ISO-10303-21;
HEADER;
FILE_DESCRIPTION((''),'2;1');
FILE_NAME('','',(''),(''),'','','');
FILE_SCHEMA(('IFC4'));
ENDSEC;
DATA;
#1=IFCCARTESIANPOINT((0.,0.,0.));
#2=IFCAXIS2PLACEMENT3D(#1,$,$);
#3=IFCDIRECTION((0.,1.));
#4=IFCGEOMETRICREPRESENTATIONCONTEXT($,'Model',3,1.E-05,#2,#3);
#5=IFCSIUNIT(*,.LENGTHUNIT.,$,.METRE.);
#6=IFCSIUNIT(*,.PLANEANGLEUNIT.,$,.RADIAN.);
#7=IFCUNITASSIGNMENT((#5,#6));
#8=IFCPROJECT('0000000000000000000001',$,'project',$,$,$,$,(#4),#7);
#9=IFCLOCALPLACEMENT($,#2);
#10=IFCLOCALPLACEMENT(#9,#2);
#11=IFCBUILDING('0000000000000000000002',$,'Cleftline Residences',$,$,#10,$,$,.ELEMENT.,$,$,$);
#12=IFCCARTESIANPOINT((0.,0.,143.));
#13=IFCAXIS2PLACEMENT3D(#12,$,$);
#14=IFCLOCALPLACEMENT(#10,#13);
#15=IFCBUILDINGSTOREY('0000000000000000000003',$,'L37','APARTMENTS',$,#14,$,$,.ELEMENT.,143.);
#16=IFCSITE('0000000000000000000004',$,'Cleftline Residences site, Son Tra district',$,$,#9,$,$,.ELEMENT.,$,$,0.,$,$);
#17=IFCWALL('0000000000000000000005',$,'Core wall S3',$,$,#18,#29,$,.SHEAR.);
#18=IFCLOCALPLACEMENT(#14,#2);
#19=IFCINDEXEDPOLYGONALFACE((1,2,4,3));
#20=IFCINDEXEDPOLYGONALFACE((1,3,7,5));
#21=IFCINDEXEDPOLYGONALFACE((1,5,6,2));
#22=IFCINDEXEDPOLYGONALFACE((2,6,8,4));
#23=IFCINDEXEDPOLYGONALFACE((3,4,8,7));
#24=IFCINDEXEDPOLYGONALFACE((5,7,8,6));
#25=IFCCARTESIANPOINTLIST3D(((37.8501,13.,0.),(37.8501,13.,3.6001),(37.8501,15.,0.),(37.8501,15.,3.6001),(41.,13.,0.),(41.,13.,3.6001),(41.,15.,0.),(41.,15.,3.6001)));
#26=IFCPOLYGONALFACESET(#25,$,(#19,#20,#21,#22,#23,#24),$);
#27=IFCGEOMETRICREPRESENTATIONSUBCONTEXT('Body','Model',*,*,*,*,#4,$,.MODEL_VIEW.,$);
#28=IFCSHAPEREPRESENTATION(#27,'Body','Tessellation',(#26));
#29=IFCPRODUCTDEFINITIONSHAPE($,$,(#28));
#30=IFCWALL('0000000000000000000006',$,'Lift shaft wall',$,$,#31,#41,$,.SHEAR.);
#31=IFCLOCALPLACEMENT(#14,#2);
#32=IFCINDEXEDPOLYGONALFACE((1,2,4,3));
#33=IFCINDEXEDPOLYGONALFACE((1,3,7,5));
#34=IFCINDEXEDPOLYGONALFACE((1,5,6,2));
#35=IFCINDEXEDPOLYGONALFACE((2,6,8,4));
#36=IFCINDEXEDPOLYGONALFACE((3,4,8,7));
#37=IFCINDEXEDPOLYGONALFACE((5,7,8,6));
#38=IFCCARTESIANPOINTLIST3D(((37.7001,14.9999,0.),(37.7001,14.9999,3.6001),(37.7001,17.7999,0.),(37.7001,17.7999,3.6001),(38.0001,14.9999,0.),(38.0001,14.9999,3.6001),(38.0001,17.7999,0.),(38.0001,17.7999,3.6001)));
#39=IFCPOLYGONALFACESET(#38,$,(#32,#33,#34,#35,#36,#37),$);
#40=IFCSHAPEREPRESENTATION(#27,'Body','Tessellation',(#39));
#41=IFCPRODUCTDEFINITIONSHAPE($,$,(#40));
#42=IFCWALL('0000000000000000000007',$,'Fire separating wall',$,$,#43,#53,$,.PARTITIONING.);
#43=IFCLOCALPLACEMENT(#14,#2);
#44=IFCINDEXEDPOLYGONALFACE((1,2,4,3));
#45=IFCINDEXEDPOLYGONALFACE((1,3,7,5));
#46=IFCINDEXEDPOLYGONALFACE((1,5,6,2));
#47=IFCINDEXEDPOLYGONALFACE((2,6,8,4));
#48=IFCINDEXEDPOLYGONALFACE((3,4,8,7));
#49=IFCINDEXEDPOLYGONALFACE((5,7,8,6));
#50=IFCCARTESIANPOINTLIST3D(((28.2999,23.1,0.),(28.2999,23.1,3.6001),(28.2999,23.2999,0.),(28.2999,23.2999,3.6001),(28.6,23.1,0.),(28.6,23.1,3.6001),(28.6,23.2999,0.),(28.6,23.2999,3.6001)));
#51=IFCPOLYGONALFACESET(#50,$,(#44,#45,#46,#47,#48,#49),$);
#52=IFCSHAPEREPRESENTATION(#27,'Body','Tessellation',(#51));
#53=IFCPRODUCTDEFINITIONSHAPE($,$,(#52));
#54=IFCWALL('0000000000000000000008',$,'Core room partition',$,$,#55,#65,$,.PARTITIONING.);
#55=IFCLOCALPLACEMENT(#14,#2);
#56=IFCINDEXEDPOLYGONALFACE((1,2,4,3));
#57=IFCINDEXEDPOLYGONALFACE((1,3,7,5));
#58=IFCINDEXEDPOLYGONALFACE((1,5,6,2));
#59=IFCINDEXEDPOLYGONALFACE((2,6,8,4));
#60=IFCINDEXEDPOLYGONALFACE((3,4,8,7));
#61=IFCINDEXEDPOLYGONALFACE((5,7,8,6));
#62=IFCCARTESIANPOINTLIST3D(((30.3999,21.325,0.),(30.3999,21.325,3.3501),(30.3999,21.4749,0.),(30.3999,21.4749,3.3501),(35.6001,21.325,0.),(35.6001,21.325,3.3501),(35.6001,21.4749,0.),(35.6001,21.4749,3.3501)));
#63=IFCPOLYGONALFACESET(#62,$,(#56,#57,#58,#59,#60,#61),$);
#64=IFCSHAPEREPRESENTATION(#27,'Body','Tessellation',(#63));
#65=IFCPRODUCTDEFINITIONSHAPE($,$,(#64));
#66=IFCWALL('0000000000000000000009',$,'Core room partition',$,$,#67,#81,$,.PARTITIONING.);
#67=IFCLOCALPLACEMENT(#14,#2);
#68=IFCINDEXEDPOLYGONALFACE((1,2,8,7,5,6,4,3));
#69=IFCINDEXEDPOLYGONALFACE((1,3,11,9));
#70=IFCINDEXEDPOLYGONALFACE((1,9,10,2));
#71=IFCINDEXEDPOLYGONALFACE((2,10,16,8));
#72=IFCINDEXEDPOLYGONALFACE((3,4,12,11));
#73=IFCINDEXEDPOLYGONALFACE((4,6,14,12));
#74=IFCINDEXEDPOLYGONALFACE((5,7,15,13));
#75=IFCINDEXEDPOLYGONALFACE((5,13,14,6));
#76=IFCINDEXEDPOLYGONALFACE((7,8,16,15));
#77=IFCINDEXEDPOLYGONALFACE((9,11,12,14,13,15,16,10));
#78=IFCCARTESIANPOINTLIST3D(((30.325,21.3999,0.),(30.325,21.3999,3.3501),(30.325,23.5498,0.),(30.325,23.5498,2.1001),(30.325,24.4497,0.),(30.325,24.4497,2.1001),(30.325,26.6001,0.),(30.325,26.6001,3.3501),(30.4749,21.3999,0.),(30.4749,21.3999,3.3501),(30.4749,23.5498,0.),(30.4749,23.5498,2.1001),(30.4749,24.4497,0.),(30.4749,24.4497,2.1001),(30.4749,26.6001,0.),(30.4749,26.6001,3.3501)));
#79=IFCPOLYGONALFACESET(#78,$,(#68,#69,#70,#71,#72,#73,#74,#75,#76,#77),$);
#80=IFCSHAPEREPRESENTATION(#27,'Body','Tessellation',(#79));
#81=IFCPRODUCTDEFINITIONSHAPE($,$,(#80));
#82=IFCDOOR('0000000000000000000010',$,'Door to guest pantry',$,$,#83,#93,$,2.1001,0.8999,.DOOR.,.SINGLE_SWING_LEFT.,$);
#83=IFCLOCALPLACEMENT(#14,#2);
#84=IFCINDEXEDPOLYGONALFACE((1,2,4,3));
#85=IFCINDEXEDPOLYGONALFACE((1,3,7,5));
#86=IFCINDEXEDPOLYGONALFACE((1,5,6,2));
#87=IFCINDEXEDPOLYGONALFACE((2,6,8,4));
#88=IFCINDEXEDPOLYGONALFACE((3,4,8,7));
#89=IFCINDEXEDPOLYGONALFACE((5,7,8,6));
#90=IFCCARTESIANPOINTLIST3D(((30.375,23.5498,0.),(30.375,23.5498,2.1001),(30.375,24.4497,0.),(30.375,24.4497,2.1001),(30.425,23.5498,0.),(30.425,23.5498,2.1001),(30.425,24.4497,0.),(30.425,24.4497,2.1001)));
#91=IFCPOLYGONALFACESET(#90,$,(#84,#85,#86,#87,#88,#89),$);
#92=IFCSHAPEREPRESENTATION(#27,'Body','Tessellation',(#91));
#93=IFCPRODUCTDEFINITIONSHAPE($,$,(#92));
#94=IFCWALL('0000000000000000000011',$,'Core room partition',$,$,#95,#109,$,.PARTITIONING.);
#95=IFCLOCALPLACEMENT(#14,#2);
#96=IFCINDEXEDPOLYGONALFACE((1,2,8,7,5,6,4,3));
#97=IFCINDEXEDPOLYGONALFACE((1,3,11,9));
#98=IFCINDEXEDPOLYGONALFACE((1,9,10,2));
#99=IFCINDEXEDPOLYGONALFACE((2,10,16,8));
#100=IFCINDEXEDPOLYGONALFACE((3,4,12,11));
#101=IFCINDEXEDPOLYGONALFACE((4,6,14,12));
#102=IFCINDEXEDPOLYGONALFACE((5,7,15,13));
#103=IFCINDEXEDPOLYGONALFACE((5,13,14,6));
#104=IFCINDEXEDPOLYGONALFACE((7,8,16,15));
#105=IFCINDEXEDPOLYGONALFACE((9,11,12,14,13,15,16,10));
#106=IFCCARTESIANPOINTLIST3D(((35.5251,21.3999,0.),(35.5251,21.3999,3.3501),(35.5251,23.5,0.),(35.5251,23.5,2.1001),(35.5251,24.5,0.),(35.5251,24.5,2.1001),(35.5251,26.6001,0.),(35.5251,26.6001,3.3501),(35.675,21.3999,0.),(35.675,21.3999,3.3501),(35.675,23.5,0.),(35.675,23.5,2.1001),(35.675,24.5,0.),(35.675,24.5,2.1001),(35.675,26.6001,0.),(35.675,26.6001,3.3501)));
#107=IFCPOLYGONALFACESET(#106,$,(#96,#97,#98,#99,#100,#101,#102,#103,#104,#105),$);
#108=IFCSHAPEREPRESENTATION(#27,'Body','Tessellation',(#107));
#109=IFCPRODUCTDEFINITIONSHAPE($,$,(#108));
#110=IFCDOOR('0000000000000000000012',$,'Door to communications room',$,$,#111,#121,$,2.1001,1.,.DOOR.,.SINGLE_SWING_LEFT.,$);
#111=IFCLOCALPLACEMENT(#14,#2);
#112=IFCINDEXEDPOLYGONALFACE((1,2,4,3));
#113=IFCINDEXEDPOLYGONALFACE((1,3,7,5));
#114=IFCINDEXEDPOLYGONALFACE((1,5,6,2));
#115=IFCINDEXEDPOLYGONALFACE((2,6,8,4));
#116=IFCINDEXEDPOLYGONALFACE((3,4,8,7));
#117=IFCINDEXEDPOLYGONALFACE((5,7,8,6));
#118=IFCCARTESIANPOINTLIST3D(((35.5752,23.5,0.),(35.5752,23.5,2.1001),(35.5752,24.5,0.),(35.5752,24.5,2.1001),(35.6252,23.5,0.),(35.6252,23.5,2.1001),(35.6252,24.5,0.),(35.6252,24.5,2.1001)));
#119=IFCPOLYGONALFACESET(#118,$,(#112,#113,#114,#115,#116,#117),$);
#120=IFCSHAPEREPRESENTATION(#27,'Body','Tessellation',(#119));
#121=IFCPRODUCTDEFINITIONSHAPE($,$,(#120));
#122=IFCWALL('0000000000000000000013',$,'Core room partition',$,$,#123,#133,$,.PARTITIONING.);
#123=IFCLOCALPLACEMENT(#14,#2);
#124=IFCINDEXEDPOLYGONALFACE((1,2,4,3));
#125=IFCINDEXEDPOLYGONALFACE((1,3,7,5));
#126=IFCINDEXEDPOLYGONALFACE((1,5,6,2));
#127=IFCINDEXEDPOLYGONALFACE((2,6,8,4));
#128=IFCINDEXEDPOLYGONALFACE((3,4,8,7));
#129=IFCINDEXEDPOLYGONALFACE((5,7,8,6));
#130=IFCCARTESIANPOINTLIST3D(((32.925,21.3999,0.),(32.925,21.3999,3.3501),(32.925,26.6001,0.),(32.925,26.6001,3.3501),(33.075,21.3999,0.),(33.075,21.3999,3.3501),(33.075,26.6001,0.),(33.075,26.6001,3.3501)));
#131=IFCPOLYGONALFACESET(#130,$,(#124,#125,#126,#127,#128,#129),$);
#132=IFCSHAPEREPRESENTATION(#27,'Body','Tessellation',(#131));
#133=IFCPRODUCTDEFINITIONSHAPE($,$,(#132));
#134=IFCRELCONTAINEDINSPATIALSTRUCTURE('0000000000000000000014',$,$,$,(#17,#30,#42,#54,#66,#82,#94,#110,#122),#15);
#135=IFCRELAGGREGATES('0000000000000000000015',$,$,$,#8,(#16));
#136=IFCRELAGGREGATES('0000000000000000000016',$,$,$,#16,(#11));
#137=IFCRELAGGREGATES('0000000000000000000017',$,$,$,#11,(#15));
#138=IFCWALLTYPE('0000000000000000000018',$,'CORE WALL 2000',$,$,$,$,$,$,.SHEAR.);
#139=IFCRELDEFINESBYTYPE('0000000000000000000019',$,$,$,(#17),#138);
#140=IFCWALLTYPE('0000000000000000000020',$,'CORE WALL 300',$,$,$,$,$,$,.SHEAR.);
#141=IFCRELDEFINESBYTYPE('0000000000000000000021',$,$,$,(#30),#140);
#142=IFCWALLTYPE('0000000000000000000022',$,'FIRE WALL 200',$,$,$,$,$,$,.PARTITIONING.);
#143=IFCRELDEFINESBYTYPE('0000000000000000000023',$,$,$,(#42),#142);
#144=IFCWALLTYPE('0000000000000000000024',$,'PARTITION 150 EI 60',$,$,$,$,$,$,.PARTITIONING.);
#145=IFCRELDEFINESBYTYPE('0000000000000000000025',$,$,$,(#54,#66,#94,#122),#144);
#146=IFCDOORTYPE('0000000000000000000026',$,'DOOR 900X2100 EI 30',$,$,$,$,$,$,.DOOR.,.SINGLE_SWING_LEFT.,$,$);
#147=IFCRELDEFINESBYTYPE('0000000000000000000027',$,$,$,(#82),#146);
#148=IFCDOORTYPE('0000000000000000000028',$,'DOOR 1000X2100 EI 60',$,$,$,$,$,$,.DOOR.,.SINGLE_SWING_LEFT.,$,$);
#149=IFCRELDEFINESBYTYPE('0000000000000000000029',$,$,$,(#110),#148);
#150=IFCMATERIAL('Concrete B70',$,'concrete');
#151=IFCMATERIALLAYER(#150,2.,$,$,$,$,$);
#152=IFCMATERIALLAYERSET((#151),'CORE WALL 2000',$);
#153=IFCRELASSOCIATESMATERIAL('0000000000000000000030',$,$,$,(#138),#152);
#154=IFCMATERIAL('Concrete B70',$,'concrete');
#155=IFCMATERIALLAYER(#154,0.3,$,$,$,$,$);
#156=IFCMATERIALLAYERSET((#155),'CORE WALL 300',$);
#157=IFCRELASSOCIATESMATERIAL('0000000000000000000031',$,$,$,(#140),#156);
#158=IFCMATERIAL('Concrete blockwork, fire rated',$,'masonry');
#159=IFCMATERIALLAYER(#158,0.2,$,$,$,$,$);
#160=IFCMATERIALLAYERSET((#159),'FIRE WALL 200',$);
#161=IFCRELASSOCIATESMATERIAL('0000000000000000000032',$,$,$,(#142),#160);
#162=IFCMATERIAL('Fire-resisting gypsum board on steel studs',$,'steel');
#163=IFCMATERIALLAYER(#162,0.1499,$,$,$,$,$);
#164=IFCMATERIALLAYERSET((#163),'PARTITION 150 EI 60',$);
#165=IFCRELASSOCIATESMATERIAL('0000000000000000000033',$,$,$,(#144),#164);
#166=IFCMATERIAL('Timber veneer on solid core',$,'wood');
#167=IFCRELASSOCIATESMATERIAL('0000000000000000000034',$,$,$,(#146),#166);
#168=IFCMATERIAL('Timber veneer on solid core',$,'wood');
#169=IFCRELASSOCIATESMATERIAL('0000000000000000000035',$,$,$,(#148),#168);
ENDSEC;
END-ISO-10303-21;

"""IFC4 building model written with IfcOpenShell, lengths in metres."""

from ifc_helpers import new_model, si_unit, direction, frame, frame_2d, origin, place, context, subcontext, project, spatial, rectangle, extrude, material, layer, layer_set, type_object, element, fill, save


model = new_model("IFC4")

# Units and contexts
model_context = context("Model", 3, precision=1e-05, world=origin(), true_north=direction((0.0, 1.0)))
body_context = subcontext(model_context, "Body", "Model", "MODEL_VIEW")
ifc_project = project(units=[si_unit("LENGTHUNIT", "METRE"), si_unit("PLANEANGLEUNIT", "RADIAN")], contexts=[model_context])

# Site, building, storey
site_placement = place(None, origin())
site = spatial("IfcSite", under=ifc_project, at=site_placement, Name="Cleftline Residences site, Son Tra district", CompositionType="ELEMENT", RefElevation=0.0)
building_placement = place(site_placement, origin())
building = spatial("IfcBuilding", under=site, at=building_placement, Name="Cleftline Residences", CompositionType="ELEMENT")
storey_placement = place(building_placement, frame((0.0, 0.0, 143.0)))
storey = spatial("IfcBuildingStorey", under=building, at=storey_placement, Name="L37", Description="APARTMENTS", CompositionType="ELEMENT", Elevation=143.0)

# Walls
ifc_material_1 = material(Name="Concrete B70", Category="concrete")
ifc_layer_1 = layer(ifc_material_1, 2.0)
ifc_layer_set_1 = layer_set([ifc_layer_1], Name="CORE WALL 2000")
wall_type_1 = type_object("IfcWallType", Name="CORE WALL 2000", PredefinedType="SHEAR", material=ifc_layer_set_1)
wall_1_placement = place(storey_placement, frame((37.8501, 14.0, 0.0), z_axis=(0.0, 0.0, 1.0), x_axis=(1.0, 0.0, 0.0)))
element("IfcWall", 1, at=wall_1_placement, inside=storey, type_object=wall_type_1, Name="Core wall S3", PredefinedType="SHEAR", context=body_context, shape_type="SweptSolid", body=[
    extrude(rectangle(XDim=3.1499, YDim=2.0, at=frame_2d((1.575, 0.0))), origin(), (0.0, 0.0, 1.0), 3.6001),
])
ifc_material_2 = material(Name="Concrete B70", Category="concrete")
ifc_layer_2 = layer(ifc_material_2, 0.3)
ifc_layer_set_2 = layer_set([ifc_layer_2], Name="CORE WALL 300")
wall_type_2 = type_object("IfcWallType", Name="CORE WALL 300", PredefinedType="SHEAR", material=ifc_layer_set_2)
wall_2_placement = place(storey_placement, frame((37.8501, 15.0, 0.0), z_axis=(0.0, 0.0, 1.0), x_axis=(0.0, 1.0, 0.0)))
element("IfcWall", 2, at=wall_2_placement, inside=storey, type_object=wall_type_2, Name="Lift shaft wall", PredefinedType="SHEAR", context=body_context, shape_type="SweptSolid", body=[
    extrude(rectangle(XDim=2.8, YDim=0.3, at=frame_2d((1.3999, 0.0))), origin(), (0.0, 0.0, 1.0), 3.6001),
])
ifc_material_3 = material(Name="Concrete blockwork, fire rated", Category="masonry")
ifc_layer_3 = layer(ifc_material_3, 0.2)
ifc_layer_set_3 = layer_set([ifc_layer_3], Name="FIRE WALL 200")
wall_type_3 = type_object("IfcWallType", Name="FIRE WALL 200", PredefinedType="PARTITIONING", material=ifc_layer_set_3)
wall_3_placement = place(storey_placement, frame((28.3, 23.2, 0.0), z_axis=(0.0, 0.0, 1.0), x_axis=(1.0, 0.0, 0.0)))
element("IfcWall", 3, at=wall_3_placement, inside=storey, type_object=wall_type_3, Name="Fire separating wall", PredefinedType="PARTITIONING", context=body_context, shape_type="SweptSolid", body=[
    extrude(rectangle(XDim=0.3, YDim=0.2, at=frame_2d((0.1499, 0.0))), origin(), (0.0, 0.0, 1.0), 3.6001),
])
ifc_material_4 = material(Name="Fire-resisting gypsum board on steel studs", Category="steel")
ifc_layer_4 = layer(ifc_material_4, 0.1499)
ifc_layer_set_4 = layer_set([ifc_layer_4], Name="PARTITION 150 EI 60")
wall_type_4 = type_object("IfcWallType", Name="PARTITION 150 EI 60", PredefinedType="PARTITIONING", material=ifc_layer_set_4)
wall_4_placement = place(storey_placement, frame((30.3999, 21.3999, 0.0), z_axis=(0.0, 0.0, 1.0), x_axis=(1.0, 0.0, 0.0)))
element("IfcWall", 4, at=wall_4_placement, inside=storey, type_object=wall_type_4, Name="Core room partition", PredefinedType="PARTITIONING", context=body_context, shape_type="SweptSolid", body=[
    extrude(rectangle(XDim=5.2002, YDim=0.1499, at=frame_2d((2.6001, 0.0))), origin(), (0.0, 0.0, 1.0), 3.3501),
])

# Walls, openings, doors
wall_5_placement = place(storey_placement, frame((30.3999, 21.3999, 0.0), z_axis=(0.0, 0.0, 1.0), x_axis=(0.0, 1.0, 0.0)))
wall_5 = element("IfcWall", 5, at=wall_5_placement, inside=storey, type_object=wall_type_4, Name="Core room partition", PredefinedType="PARTITIONING", context=body_context, shape_type="SweptSolid", body=[
    extrude(rectangle(XDim=5.2002, YDim=0.1499, at=frame_2d((2.6001, 0.0))), origin(), (0.0, 0.0, 1.0), 3.3501),
])
opening_1_placement = place(wall_5_placement, frame((2.1499, 0.0, 0.0)))
opening_1 = element("IfcOpeningElement", 6, at=opening_1_placement, cuts=wall_5, PredefinedType="OPENING", context=body_context, shape_type="SweptSolid", body=[
    extrude(rectangle(XDim=0.8999, YDim=2.1001, at=frame_2d((0.45, 1.05))), frame((0.0, 0.085, 0.0), z_axis=(0.0, -1.0, 0.0), x_axis=(1.0, 0.0, 0.0)), (0.0, 0.0, 1.0), 0.1699),
])
ifc_material_5 = material(Name="Timber veneer on solid core", Category="wood")
door_type_1 = type_object("IfcDoorType", Name="DOOR 900X2100 EI 30", OperationType="SINGLE_SWING_LEFT", PredefinedType="DOOR", material=ifc_material_5)
door_1_placement = place(opening_1_placement, origin())
door_1 = element("IfcDoor", 7, at=door_1_placement, inside=storey, type_object=door_type_1, Name="Door to guest pantry", OperationType="SINGLE_SWING_LEFT", OverallHeight=2.1001, OverallWidth=0.8999, PredefinedType="DOOR", context=body_context, shape_type="SweptSolid", body=[
    extrude(rectangle(XDim=0.8999, YDim=2.1001, at=frame_2d((0.45, 1.05))), frame((0.0, 0.0249, 0.0), z_axis=(0.0, -1.0, 0.0), x_axis=(1.0, 0.0, 0.0)), (0.0, 0.0, 1.0), 0.05),
])
fill(opening_1, door_1)
wall_6_placement = place(storey_placement, frame((35.6001, 21.3999, 0.0), z_axis=(0.0, 0.0, 1.0), x_axis=(0.0, 1.0, 0.0)))
wall_6 = element("IfcWall", 8, at=wall_6_placement, inside=storey, type_object=wall_type_4, Name="Core room partition", PredefinedType="PARTITIONING", context=body_context, shape_type="SweptSolid", body=[
    extrude(rectangle(XDim=5.2002, YDim=0.1499, at=frame_2d((2.6001, 0.0))), origin(), (0.0, 0.0, 1.0), 3.3501),
])
opening_2_placement = place(wall_6_placement, frame((2.1001, 0.0, 0.0)))
opening_2 = element("IfcOpeningElement", 9, at=opening_2_placement, cuts=wall_6, PredefinedType="OPENING", context=body_context, shape_type="SweptSolid", body=[
    extrude(rectangle(XDim=1.0, YDim=2.1001, at=frame_2d((0.5, 1.05))), frame((0.0, 0.085, 0.0), z_axis=(0.0, -1.0, 0.0), x_axis=(1.0, 0.0, 0.0)), (0.0, 0.0, 1.0), 0.1699),
])
ifc_material_6 = material(Name="Timber veneer on solid core", Category="wood")
door_type_2 = type_object("IfcDoorType", Name="DOOR 1000X2100 EI 60", OperationType="SINGLE_SWING_LEFT", PredefinedType="DOOR", material=ifc_material_6)
door_2_placement = place(opening_2_placement, origin())
door_2 = element("IfcDoor", 10, at=door_2_placement, inside=storey, type_object=door_type_2, Name="Door to communications room", OperationType="SINGLE_SWING_LEFT", OverallHeight=2.1001, OverallWidth=1.0, PredefinedType="DOOR", context=body_context, shape_type="SweptSolid", body=[
    extrude(rectangle(XDim=1.0, YDim=2.1001, at=frame_2d((0.5, 1.05))), frame((0.0, 0.0249, 0.0), z_axis=(0.0, -1.0, 0.0), x_axis=(1.0, 0.0, 0.0)), (0.0, 0.0, 1.0), 0.05),
])
fill(opening_2, door_2)

# Wall
wall_7_placement = place(storey_placement, frame((33.0, 21.3999, 0.0), z_axis=(0.0, 0.0, 1.0), x_axis=(0.0, 1.0, 0.0)))
element("IfcWall", 11, at=wall_7_placement, inside=storey, type_object=wall_type_4, Name="Core room partition", PredefinedType="PARTITIONING", context=body_context, shape_type="SweptSolid", body=[
    extrude(rectangle(XDim=5.2002, YDim=0.1499, at=frame_2d((2.6001, 0.0))), origin(), (0.0, 0.0, 1.0), 3.3501),
])

save(model, "model.ifc")
